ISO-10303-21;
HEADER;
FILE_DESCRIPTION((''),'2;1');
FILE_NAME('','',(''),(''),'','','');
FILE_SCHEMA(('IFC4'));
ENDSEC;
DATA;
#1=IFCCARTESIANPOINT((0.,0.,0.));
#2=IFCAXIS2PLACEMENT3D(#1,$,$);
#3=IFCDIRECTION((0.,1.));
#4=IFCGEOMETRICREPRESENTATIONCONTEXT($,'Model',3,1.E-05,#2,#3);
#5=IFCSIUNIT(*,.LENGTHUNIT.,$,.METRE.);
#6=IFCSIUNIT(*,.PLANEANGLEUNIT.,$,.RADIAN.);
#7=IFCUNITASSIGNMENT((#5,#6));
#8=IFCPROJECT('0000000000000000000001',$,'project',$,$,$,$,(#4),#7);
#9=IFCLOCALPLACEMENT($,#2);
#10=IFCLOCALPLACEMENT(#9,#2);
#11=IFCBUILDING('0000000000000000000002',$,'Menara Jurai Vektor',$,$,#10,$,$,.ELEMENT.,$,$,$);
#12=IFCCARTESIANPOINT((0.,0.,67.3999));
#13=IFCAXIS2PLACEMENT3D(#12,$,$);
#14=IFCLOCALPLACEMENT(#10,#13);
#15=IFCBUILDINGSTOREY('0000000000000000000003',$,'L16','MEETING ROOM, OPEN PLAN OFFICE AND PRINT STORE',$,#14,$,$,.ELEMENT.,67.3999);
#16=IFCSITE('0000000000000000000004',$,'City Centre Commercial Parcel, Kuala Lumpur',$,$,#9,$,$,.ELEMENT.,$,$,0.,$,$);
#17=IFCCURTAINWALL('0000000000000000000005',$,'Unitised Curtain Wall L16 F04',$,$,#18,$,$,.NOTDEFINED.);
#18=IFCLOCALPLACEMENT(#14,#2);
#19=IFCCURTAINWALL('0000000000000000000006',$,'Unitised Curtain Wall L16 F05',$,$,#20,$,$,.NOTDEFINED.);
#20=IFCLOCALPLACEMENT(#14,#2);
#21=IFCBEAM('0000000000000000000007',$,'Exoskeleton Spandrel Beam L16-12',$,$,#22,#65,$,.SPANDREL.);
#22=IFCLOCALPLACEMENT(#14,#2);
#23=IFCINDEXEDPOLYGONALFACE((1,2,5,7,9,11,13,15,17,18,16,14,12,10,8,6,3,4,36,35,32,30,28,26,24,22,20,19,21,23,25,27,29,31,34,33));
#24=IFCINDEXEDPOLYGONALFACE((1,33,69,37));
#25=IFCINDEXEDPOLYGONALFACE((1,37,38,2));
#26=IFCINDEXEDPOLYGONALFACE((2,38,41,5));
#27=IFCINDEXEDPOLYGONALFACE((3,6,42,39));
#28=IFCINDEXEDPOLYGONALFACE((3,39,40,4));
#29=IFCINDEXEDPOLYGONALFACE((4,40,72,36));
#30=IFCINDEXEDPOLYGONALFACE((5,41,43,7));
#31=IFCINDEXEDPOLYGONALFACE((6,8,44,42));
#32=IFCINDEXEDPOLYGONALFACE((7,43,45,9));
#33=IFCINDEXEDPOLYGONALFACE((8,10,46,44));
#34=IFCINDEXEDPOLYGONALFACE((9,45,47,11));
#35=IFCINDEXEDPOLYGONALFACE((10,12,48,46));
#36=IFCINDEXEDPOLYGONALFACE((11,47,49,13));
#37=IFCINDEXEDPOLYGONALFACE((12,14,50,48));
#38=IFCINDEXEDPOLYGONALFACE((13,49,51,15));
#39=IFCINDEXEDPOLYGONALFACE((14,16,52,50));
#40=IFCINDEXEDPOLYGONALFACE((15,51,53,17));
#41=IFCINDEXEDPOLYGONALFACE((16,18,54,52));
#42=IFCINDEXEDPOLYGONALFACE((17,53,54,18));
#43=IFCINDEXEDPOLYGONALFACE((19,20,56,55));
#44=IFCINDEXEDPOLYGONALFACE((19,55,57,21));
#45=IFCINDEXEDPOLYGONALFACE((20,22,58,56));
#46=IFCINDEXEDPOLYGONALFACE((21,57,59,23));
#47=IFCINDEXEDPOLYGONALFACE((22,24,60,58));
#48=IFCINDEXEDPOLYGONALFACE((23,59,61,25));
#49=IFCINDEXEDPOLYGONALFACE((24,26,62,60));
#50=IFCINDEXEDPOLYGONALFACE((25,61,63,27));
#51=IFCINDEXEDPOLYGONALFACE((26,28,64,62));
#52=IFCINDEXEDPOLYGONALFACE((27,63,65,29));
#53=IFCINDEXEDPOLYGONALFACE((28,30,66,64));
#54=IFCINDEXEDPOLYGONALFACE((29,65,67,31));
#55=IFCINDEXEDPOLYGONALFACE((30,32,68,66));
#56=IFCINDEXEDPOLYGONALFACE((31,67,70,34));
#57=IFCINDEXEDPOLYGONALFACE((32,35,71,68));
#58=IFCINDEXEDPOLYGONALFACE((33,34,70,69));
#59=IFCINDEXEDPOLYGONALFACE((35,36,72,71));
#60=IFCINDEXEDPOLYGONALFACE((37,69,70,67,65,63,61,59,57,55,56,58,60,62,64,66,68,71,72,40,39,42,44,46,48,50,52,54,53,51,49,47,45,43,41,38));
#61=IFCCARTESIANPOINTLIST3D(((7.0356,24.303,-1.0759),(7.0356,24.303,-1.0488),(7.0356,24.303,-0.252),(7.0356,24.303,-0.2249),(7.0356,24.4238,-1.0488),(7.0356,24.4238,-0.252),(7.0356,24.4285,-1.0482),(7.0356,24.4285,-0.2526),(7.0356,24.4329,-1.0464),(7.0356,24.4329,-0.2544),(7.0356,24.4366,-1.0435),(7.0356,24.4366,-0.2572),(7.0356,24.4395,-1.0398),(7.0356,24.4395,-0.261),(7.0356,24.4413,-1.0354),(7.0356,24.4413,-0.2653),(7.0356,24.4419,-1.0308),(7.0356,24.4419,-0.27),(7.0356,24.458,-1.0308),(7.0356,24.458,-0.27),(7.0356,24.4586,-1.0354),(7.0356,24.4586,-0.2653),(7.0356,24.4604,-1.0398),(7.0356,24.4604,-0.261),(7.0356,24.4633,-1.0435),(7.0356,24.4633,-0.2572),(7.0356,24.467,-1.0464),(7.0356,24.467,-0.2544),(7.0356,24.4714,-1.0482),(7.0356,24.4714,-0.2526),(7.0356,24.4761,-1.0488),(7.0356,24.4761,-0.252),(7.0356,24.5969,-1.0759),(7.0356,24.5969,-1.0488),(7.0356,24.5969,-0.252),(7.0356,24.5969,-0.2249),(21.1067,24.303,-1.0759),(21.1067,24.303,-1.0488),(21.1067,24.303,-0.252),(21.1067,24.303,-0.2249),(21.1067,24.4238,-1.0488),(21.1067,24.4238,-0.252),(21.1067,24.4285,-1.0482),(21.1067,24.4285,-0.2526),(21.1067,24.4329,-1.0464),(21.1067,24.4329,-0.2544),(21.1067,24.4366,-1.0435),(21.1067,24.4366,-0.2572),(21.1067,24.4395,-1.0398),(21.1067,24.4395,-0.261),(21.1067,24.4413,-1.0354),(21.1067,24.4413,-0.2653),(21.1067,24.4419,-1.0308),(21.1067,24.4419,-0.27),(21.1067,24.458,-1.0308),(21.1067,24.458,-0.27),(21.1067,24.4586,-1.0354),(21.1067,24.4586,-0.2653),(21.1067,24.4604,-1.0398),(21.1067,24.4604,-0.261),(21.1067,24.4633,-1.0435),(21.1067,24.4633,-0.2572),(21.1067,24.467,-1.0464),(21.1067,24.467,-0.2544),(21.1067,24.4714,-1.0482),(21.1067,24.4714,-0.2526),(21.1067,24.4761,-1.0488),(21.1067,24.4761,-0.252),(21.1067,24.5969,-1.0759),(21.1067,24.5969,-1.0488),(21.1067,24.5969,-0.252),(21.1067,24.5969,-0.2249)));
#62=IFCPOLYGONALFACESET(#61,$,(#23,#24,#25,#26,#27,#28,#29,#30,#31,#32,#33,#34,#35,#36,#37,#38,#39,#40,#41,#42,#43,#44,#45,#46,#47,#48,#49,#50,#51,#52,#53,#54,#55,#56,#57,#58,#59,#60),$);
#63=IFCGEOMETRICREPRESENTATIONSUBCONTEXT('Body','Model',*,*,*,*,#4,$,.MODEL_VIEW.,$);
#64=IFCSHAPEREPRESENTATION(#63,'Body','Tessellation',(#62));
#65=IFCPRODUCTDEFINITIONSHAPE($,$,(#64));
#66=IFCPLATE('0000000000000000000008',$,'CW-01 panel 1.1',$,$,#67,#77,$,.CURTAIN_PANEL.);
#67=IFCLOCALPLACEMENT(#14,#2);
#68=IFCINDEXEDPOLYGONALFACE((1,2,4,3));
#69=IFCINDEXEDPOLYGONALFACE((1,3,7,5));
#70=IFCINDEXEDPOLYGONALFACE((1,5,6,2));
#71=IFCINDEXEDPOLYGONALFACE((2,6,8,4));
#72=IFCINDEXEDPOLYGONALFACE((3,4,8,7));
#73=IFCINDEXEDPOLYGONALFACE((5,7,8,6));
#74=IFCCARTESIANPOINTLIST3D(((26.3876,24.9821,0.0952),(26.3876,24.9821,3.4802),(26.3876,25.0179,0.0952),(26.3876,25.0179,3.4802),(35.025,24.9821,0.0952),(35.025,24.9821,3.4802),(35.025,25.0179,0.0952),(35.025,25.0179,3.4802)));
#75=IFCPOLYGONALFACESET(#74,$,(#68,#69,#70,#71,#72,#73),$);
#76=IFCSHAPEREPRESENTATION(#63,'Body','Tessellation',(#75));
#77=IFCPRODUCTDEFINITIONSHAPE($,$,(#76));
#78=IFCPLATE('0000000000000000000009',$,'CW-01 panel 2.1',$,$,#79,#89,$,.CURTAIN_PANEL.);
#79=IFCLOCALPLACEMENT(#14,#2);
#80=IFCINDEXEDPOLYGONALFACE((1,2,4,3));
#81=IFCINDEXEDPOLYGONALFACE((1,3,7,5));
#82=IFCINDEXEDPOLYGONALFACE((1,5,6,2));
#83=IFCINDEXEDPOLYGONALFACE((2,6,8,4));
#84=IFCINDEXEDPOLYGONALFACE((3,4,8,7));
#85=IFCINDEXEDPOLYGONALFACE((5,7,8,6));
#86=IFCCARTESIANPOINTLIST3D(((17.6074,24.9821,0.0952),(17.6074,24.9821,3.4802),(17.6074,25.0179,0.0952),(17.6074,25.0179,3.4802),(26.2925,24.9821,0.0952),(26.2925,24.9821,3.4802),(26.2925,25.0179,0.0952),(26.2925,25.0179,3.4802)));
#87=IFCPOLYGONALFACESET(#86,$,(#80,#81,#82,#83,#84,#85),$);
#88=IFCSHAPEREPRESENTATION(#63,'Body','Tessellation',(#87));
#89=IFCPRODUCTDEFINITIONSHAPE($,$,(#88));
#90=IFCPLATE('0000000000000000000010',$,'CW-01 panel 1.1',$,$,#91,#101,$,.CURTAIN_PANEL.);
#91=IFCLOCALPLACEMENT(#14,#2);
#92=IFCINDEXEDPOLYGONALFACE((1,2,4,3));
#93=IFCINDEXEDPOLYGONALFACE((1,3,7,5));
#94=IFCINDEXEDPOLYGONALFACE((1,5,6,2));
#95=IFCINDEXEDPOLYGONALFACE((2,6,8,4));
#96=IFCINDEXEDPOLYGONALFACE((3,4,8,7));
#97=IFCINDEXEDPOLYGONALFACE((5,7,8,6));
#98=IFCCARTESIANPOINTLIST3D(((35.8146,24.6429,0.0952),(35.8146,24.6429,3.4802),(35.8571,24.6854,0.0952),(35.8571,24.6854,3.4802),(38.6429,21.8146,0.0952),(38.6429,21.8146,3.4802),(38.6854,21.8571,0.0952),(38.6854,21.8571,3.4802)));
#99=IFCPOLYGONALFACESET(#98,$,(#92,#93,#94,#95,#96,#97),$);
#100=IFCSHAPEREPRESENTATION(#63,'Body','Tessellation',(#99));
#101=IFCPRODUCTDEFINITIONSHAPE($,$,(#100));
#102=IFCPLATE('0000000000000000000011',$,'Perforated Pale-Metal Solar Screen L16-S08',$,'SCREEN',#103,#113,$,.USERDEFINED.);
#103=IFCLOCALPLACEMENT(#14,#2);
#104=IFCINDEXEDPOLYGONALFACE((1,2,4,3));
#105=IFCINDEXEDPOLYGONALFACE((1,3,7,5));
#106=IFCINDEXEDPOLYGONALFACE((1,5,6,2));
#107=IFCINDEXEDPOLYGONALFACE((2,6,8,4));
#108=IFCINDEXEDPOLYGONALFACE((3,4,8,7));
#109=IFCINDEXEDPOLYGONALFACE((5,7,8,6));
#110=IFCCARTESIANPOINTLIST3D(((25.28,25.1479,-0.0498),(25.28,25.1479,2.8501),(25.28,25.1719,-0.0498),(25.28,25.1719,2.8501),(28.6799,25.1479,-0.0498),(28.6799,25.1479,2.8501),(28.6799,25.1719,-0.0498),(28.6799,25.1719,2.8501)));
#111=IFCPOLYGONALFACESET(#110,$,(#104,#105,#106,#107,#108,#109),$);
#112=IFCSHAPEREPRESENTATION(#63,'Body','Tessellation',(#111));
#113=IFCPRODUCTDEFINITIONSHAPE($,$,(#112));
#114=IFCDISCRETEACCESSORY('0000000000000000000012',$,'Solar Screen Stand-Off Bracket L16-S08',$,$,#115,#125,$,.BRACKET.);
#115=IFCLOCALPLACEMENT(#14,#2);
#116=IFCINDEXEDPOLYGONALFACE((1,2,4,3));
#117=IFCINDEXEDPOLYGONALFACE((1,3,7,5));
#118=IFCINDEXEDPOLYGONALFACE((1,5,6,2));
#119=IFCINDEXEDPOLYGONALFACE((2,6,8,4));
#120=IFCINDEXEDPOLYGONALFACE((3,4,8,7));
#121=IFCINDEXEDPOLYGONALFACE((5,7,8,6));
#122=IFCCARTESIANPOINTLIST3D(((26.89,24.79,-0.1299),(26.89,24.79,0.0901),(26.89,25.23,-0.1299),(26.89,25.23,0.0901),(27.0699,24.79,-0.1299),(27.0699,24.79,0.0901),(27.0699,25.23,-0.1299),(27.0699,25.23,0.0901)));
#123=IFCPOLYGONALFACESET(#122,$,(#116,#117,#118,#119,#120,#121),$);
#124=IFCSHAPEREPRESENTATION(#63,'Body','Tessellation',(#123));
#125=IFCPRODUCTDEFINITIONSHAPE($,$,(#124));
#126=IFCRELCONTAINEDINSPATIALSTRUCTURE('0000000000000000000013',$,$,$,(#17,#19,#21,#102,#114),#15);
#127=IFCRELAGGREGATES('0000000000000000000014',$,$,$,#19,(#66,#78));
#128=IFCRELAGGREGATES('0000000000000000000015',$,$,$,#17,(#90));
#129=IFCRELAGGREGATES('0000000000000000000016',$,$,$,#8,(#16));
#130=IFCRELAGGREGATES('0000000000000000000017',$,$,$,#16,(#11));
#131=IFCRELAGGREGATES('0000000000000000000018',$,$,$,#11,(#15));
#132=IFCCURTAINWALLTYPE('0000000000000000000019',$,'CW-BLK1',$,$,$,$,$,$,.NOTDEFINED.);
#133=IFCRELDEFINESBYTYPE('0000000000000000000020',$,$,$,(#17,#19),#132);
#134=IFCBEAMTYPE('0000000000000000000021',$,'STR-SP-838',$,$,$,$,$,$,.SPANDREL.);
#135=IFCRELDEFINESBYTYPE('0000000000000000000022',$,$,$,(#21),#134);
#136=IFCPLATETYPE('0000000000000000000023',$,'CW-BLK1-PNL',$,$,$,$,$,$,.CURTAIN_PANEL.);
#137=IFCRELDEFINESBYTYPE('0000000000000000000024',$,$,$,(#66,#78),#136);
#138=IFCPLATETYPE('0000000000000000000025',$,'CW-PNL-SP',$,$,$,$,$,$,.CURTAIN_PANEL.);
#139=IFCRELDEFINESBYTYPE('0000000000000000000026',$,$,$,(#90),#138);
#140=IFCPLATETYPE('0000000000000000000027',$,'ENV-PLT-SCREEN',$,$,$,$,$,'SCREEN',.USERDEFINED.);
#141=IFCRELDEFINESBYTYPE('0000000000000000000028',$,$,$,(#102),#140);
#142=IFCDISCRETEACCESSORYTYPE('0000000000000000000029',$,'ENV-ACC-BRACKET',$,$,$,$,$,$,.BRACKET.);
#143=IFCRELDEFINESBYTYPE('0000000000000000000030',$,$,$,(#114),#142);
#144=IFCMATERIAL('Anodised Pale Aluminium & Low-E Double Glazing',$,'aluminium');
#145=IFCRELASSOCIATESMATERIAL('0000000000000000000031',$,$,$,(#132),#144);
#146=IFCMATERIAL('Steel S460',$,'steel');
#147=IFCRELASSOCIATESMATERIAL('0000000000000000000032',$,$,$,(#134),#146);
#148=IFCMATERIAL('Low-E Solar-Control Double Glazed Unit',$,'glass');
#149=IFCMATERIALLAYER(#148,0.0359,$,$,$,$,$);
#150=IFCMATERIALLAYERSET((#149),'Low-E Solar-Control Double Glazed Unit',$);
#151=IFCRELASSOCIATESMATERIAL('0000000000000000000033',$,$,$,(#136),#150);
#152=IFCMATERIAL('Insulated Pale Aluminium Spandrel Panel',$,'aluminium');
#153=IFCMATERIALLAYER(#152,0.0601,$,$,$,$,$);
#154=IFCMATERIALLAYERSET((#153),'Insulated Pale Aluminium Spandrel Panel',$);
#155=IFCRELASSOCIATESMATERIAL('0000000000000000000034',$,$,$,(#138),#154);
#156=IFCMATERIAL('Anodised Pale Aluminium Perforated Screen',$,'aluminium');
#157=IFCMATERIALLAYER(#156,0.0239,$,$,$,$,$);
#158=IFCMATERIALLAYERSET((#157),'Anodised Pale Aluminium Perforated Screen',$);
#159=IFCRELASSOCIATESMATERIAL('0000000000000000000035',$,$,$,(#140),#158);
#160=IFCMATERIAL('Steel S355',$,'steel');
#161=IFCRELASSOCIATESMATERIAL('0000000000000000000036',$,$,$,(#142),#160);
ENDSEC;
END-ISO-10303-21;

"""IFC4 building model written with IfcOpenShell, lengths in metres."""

from ifc_helpers import new_model, si_unit, direction, frame, origin, origin_2d, place, context, subcontext, project, spatial, rectangle, i_section, extrude, material, layer, layer_set, material_profile, profile_set, type_object, element, aggregate, save


model = new_model("IFC4")

# Units and contexts
model_context = context("Model", 3, precision=1e-05, world=origin(), true_north=direction((0.0, 1.0)))
body_context = subcontext(model_context, "Body", "Model", "MODEL_VIEW")
ifc_project = project(units=[si_unit("LENGTHUNIT", "METRE"), si_unit("PLANEANGLEUNIT", "RADIAN")], contexts=[model_context])

# Site, building, storey
site_placement = place(None, origin())
site = spatial("IfcSite", under=ifc_project, at=site_placement, Name="City Centre Commercial Parcel, Kuala Lumpur", CompositionType="ELEMENT", RefElevation=0.0)
building_placement = place(site_placement, origin())
building = spatial("IfcBuilding", under=site, at=building_placement, Name="Menara Jurai Vektor", CompositionType="ELEMENT")
storey_placement = place(building_placement, frame((0.0, 0.0, 67.3999)))
storey = spatial("IfcBuildingStorey", under=building, at=storey_placement, Name="L16", Description="MEETING ROOM, OPEN PLAN OFFICE AND PRINT STORE", CompositionType="ELEMENT", Elevation=67.3999)

# Shared definitions
ifc_material_1 = material(Name="Steel S460", Category="steel")

# Curtain wall
ifc_material_2 = material(Name="Anodised Pale Aluminium & Low-E Double Glazing", Category="aluminium")
curtain_wall_type = type_object("IfcCurtainWallType", Name="CW-BLK1", PredefinedType="NOTDEFINED", material=ifc_material_2)
curtain_wall_1_placement = place(storey_placement, origin())
curtain_wall_1 = element("IfcCurtainWall", 1, at=curtain_wall_1_placement, inside=storey, type_object=curtain_wall_type, Name="Unitised Curtain Wall L16 F04", PredefinedType="NOTDEFINED")

# Curtain wall
curtain_wall_2_placement = place(storey_placement, origin())
curtain_wall_2 = element("IfcCurtainWall", 2, at=curtain_wall_2_placement, inside=storey, type_object=curtain_wall_type, Name="Unitised Curtain Wall L16 F05", PredefinedType="NOTDEFINED")

# Beam
ifc_material_3 = material(Name="Steel S355", Category="steel")
ifc_material_profile_1 = material_profile(ifc_material_1, i_section(OverallWidth=0.2939, OverallDepth=0.8511, WebThickness=0.0161, FlangeThickness=0.0271, FilletRadius=0.0181, at=origin_2d()), Name="UKB 838x292x226")
ifc_profile_set_1 = profile_set([ifc_material_profile_1], Name="Steel S460")
beam_type_1 = type_object("IfcBeamType", Name="STR-SP-838", PredefinedType="SPANDREL", material=ifc_profile_set_1)
for number, where, z_axis, x_axis, name in (
    (3, (21.1067, 24.45, -0.6504), (-1.0, 0.0, 0.0), (0.0, -1.0, 0.0), "Exoskeleton Spandrel Beam L16-12"),
):
    element("IfcBeam", number, at=place(storey_placement, frame(where, z_axis=z_axis, x_axis=x_axis)), inside=storey, type_object=beam_type_1, Name=name, PredefinedType="SPANDREL", context=body_context, shape_type="SweptSolid", body=[
        extrude(i_section(OverallWidth=0.2939, OverallDepth=0.8511, WebThickness=0.0161, FlangeThickness=0.0271, FilletRadius=0.0181, at=origin_2d()), origin(), (0.0, 0.0, 1.0), 14.071),
    ])

# Plates
ifc_material_4 = material(Name="Low-E Solar-Control Double Glazed Unit", Category="glass")
ifc_layer_1 = layer(ifc_material_4, 0.0359)
ifc_layer_set_1 = layer_set([ifc_layer_1], Name="Low-E Solar-Control Double Glazed Unit")
plate_type_1 = type_object("IfcPlateType", Name="CW-BLK1-PNL", PredefinedType="CURTAIN_PANEL", material=ifc_layer_set_1)
plate_1_placement = place(storey_placement, frame((30.7063, 25.0, 0.0952), z_axis=(0.0, 0.0, 1.0), x_axis=(-1.0, 0.0, 0.0)))
plate_1 = element("IfcPlate", 4, at=plate_1_placement, type_object=plate_type_1, Name="CW-01 panel 1.1", PredefinedType="CURTAIN_PANEL", context=body_context, shape_type="SweptSolid", body=[
    extrude(rectangle(XDim=8.6375, YDim=0.0359, at=origin_2d()), origin(), (0.0, 0.0, 1.0), 3.385),
])
plate_2_placement = place(storey_placement, frame((21.95, 25.0, 0.0952), z_axis=(0.0, 0.0, 1.0), x_axis=(-1.0, 0.0, 0.0)))
plate_2 = element("IfcPlate", 5, at=plate_2_placement, type_object=plate_type_1, Name="CW-01 panel 2.1", PredefinedType="CURTAIN_PANEL", context=body_context, shape_type="SweptSolid", body=[
    extrude(rectangle(XDim=8.6851, YDim=0.0359, at=origin_2d()), origin(), (0.0, 0.0, 1.0), 3.385),
])
aggregate(curtain_wall_2, [plate_1, plate_2])
ifc_material_5 = material(Name="Insulated Pale Aluminium Spandrel Panel", Category="aluminium")
ifc_layer_2 = layer(ifc_material_5, 0.0601)
ifc_layer_set_2 = layer_set([ifc_layer_2], Name="Insulated Pale Aluminium Spandrel Panel")
plate_type_2 = type_object("IfcPlateType", Name="CW-PNL-SP", PredefinedType="CURTAIN_PANEL", material=ifc_layer_set_2)
plate_3_placement = place(storey_placement, frame((37.25, 23.25, 0.0952), z_axis=(0.0, 0.0, 1.0), x_axis=(-0.707107, 0.707107, 0.0)))
plate_3 = element("IfcPlate", 6, at=plate_3_placement, type_object=plate_type_2, Name="CW-01 panel 1.1", PredefinedType="CURTAIN_PANEL", context=body_context, shape_type="SweptSolid", body=[
    extrude(rectangle(XDim=3.9998, YDim=0.0601, at=origin_2d()), origin(), (0.0, 0.0, 1.0), 3.385),
])
aggregate(curtain_wall_1, [plate_3])
ifc_material_6 = material(Name="Anodised Pale Aluminium Perforated Screen", Category="aluminium")
ifc_layer_3 = layer(ifc_material_6, 0.0239)
ifc_layer_set_3 = layer_set([ifc_layer_3], Name="Anodised Pale Aluminium Perforated Screen")
plate_type_3 = type_object("IfcPlateType", Name="ENV-PLT-SCREEN", ElementType="SCREEN", PredefinedType="USERDEFINED", material=ifc_layer_set_3)
plate_4_placement = place(storey_placement, frame((26.98, 25.1599, -0.0498), z_axis=(0.0, 0.0, 1.0), x_axis=(-1.0, 0.0, 0.0)))
element("IfcPlate", 7, at=plate_4_placement, inside=storey, type_object=plate_type_3, Name="Perforated Pale-Metal Solar Screen L16-S08", ObjectType="SCREEN", PredefinedType="USERDEFINED", context=body_context, shape_type="SweptSolid", body=[
    extrude(rectangle(XDim=3.3999, YDim=0.0239, at=origin_2d()), origin(), (0.0, 0.0, 1.0), 2.8999),
])

# Discrete accessory
discrete_accessory_type = type_object("IfcDiscreteAccessoryType", Name="ENV-ACC-BRACKET", PredefinedType="BRACKET", material=ifc_material_3)
discrete_accessory_placement = place(storey_placement, frame((26.98, 25.01, -0.1299), z_axis=(0.0, 0.0, 1.0), x_axis=(-1.0, 0.0, 0.0)))
element("IfcDiscreteAccessory", 8, at=discrete_accessory_placement, inside=storey, type_object=discrete_accessory_type, Name="Solar Screen Stand-Off Bracket L16-S08", PredefinedType="BRACKET", context=body_context, shape_type="SweptSolid", body=[
    extrude(rectangle(XDim=0.1799, YDim=0.4399, at=origin_2d()), origin(), (0.0, 0.0, 1.0), 0.22),
])

save(model, "model.ifc")
